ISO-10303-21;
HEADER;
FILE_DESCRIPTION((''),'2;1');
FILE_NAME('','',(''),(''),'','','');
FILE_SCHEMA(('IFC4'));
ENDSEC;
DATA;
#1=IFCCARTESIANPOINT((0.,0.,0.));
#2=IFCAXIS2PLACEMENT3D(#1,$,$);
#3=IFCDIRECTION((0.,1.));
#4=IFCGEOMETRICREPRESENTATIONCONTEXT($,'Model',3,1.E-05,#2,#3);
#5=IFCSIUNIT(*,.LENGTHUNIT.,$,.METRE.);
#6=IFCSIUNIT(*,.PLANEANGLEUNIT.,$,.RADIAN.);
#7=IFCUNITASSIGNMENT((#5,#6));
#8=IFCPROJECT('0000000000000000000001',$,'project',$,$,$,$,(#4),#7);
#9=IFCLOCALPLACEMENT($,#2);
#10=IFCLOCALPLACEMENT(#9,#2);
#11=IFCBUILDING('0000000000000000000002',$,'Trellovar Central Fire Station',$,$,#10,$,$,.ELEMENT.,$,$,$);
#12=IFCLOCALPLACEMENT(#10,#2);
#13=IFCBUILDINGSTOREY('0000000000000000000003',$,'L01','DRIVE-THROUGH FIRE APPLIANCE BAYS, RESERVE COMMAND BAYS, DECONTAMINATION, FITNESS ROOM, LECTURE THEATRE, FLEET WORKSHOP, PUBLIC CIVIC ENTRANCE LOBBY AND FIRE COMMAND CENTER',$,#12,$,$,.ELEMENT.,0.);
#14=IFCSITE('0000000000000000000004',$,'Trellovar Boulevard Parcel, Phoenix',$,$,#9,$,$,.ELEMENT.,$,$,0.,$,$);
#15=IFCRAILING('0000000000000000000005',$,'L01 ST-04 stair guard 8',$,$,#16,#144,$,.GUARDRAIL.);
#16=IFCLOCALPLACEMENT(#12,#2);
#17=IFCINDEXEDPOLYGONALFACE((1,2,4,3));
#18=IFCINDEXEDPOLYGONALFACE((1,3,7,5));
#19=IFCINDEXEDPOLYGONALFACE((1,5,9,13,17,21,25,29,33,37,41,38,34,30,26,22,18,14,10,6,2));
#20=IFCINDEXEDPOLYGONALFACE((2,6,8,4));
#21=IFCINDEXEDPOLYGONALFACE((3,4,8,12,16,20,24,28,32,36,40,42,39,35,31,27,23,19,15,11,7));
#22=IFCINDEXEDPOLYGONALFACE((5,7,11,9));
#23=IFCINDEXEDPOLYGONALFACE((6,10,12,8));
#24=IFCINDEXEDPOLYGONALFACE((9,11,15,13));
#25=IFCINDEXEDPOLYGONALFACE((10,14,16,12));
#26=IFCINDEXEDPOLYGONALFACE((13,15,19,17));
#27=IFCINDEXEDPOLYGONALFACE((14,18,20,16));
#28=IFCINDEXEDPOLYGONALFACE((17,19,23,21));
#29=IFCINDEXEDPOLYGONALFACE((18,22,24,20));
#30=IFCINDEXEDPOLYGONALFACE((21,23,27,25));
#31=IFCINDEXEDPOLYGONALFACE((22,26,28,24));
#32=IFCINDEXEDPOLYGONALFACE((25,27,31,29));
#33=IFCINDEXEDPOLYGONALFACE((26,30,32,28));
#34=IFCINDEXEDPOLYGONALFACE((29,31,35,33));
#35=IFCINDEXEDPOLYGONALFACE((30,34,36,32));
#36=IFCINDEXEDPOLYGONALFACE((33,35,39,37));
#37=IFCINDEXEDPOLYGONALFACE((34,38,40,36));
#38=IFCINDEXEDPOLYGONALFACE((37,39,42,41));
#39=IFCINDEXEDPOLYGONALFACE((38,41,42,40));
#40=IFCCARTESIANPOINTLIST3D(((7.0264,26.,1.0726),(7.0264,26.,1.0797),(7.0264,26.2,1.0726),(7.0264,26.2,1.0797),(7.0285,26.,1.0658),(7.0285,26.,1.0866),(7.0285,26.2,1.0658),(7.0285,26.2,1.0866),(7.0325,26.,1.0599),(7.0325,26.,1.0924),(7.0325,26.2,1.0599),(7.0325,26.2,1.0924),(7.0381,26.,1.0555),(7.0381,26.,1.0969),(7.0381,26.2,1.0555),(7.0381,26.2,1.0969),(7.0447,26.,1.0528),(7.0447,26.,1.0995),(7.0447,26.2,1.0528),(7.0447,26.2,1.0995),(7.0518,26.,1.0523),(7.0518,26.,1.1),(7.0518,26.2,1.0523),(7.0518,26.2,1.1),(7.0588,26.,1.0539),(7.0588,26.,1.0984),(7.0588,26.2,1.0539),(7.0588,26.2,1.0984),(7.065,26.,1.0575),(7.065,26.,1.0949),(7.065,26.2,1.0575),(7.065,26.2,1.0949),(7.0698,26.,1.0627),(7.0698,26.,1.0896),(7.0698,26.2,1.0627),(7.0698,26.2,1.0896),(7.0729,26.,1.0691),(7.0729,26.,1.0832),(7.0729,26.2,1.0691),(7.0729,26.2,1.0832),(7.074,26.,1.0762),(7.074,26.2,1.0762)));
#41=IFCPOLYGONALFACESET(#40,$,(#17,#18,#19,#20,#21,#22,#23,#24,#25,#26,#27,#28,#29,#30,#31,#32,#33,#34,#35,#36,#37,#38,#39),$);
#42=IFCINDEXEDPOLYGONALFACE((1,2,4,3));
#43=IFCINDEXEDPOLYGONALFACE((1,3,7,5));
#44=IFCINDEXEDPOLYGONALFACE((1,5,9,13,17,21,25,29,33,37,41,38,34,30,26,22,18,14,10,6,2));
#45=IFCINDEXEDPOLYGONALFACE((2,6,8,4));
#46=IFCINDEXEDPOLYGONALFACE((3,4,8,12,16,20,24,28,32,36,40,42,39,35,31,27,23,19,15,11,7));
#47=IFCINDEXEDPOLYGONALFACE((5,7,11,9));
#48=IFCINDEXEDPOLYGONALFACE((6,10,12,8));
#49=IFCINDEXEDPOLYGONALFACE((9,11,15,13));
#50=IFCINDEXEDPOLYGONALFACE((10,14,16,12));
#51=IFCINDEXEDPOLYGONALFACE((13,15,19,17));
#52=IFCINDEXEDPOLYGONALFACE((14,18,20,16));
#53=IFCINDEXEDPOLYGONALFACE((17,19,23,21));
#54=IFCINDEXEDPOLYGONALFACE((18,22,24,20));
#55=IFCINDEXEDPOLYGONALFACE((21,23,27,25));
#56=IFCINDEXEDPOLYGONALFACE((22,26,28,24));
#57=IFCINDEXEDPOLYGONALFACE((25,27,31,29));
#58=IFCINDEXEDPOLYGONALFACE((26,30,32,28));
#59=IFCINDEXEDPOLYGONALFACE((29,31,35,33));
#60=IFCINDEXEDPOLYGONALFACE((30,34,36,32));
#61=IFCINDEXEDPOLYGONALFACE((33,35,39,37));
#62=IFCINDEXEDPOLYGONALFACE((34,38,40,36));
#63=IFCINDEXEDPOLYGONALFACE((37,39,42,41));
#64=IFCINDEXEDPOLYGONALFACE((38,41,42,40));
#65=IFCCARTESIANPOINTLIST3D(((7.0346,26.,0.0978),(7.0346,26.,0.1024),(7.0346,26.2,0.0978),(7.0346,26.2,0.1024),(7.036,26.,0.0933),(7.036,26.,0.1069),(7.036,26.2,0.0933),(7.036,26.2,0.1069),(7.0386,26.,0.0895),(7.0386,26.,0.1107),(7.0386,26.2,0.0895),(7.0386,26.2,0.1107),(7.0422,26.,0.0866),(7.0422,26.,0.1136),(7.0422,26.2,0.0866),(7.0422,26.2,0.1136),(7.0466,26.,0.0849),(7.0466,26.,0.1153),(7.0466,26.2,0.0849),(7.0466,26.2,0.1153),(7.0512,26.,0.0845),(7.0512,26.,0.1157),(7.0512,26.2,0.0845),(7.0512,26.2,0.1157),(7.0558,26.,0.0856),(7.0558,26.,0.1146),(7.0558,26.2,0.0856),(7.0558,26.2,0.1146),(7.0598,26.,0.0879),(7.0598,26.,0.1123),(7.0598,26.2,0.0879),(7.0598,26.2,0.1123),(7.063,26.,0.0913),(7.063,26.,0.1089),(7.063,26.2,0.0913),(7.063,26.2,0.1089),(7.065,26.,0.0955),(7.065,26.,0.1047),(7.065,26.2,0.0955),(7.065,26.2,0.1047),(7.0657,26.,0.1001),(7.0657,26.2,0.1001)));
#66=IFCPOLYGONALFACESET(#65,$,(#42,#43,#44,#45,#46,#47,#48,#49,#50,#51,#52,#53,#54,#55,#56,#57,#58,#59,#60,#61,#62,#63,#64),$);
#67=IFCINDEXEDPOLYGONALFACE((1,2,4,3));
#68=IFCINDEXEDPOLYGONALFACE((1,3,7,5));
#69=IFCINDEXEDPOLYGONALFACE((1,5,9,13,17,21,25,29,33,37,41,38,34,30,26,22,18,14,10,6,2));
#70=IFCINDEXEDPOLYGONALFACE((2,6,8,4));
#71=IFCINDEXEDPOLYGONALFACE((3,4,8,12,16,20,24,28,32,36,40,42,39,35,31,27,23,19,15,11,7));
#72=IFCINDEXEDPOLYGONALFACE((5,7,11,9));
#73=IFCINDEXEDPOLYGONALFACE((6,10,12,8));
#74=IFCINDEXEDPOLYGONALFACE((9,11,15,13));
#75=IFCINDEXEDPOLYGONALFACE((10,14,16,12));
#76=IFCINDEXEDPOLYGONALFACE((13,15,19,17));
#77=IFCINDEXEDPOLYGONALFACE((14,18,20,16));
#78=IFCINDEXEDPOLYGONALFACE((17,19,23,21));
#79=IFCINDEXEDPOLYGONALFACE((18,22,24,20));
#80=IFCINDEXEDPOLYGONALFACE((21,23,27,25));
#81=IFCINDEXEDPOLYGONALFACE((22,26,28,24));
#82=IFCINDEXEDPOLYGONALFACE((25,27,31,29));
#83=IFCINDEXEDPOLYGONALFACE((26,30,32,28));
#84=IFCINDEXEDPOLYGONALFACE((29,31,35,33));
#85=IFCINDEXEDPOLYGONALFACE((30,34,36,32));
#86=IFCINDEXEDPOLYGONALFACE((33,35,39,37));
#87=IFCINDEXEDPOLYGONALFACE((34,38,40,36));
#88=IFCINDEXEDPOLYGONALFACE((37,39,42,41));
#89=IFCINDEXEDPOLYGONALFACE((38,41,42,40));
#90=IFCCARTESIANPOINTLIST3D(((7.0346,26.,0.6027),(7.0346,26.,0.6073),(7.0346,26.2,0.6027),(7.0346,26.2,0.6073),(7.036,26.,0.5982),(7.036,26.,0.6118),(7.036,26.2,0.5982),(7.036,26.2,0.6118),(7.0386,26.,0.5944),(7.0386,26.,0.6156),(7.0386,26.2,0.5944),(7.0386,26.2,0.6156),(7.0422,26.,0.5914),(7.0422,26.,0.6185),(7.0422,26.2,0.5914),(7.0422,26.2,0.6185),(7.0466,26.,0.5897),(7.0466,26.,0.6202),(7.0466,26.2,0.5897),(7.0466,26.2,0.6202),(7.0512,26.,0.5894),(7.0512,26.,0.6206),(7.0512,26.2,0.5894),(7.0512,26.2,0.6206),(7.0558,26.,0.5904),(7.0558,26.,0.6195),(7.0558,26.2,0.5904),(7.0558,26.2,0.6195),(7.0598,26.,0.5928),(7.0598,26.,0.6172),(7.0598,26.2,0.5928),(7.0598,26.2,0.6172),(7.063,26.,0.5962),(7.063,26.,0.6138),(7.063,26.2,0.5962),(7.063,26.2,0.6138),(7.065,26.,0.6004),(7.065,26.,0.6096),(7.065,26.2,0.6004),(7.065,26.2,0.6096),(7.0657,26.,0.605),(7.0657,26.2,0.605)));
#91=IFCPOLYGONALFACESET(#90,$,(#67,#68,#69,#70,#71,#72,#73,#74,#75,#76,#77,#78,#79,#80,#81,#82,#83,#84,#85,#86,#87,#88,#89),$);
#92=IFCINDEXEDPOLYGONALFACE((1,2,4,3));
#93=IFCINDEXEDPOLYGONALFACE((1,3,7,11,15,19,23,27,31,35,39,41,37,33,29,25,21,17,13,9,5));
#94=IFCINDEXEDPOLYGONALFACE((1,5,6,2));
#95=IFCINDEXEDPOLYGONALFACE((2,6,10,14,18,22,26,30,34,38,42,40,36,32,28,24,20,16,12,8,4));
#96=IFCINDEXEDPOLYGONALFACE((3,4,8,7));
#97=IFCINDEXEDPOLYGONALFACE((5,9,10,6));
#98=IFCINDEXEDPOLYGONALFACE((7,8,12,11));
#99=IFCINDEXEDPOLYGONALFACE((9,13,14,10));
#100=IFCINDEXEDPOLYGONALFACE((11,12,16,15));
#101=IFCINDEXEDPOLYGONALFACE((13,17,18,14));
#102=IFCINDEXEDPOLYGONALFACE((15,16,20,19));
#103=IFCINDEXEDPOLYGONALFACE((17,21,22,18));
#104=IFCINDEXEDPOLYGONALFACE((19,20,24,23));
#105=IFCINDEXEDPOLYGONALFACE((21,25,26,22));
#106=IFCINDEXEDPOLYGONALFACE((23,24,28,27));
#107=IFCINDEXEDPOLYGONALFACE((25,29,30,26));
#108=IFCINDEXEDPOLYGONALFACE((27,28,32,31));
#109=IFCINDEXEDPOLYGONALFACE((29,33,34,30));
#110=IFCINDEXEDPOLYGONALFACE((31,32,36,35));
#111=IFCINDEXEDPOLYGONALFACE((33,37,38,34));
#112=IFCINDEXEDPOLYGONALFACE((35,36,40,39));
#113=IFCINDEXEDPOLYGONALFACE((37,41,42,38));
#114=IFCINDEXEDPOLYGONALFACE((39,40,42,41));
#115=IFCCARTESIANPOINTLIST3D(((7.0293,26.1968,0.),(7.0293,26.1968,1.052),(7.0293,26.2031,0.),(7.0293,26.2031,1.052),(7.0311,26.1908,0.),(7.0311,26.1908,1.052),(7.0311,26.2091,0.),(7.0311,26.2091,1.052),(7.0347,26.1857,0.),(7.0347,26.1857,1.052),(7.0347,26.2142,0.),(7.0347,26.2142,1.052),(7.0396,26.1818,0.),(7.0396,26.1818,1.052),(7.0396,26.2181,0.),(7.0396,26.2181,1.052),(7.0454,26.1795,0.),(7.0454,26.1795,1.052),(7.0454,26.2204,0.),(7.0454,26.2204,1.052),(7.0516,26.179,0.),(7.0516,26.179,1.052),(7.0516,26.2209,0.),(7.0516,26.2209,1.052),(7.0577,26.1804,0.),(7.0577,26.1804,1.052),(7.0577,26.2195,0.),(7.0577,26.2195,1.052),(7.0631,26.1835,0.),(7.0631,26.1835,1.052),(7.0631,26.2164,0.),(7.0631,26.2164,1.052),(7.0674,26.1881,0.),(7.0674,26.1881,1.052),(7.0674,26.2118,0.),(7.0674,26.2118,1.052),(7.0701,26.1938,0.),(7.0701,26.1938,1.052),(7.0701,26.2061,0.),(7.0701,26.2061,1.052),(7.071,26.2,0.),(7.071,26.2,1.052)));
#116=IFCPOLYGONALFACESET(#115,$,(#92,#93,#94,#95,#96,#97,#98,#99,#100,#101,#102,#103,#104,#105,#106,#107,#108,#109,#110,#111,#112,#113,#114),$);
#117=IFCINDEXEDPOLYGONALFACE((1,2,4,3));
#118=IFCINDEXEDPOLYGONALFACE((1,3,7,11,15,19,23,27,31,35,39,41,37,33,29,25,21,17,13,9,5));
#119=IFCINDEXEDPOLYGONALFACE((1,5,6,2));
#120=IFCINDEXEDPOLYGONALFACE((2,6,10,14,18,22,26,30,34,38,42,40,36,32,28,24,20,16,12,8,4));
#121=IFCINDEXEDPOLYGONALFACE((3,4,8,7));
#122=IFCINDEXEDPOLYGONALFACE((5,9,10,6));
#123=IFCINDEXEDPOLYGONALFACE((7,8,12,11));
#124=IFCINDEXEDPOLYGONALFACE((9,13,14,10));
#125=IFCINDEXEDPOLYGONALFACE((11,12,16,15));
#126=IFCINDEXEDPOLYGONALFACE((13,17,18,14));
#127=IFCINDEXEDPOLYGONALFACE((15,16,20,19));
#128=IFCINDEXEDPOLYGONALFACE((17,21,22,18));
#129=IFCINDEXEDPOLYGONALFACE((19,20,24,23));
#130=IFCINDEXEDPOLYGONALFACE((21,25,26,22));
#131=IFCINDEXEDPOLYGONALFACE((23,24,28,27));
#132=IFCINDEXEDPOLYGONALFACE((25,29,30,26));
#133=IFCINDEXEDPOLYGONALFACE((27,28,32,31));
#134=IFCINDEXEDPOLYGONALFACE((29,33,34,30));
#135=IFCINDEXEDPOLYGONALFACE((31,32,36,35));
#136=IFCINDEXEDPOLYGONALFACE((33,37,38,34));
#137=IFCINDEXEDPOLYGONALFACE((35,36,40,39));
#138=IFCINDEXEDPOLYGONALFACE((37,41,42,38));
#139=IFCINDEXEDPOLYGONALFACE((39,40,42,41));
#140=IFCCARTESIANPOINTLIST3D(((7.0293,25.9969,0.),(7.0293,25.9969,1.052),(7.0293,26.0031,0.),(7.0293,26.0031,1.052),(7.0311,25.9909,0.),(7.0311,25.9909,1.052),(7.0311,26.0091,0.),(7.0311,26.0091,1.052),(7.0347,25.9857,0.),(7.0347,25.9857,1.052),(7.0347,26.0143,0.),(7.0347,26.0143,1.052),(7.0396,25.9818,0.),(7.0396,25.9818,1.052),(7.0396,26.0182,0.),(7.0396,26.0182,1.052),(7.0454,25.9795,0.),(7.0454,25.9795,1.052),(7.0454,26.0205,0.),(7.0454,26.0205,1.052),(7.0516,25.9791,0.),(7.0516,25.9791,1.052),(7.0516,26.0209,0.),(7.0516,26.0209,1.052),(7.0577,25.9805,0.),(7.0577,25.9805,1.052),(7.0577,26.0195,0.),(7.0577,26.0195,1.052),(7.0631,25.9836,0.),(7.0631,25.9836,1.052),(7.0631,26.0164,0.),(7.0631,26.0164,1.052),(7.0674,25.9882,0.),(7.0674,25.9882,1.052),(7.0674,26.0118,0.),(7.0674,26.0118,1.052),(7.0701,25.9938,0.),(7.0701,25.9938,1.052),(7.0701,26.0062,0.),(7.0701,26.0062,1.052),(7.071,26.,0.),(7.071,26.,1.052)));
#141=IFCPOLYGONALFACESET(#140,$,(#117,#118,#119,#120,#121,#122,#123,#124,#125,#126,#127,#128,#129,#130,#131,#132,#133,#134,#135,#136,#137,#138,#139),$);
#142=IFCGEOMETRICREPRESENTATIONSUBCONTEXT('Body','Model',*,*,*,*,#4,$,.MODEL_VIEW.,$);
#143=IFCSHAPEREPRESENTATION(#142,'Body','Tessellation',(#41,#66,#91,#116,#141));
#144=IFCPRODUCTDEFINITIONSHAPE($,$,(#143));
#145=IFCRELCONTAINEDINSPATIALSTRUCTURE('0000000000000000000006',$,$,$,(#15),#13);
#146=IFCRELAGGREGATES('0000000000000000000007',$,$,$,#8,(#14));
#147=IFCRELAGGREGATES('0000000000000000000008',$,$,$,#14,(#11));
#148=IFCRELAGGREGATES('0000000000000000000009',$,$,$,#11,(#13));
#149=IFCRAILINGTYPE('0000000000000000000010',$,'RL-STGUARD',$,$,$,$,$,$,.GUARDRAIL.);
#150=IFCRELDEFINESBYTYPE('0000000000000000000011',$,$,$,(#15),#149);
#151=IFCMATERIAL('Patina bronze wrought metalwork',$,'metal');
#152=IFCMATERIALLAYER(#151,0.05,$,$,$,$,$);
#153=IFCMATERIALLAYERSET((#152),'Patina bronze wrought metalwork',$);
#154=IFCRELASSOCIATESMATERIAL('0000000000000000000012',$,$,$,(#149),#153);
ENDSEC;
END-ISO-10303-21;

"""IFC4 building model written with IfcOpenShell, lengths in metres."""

from ifc_helpers import new_model, si_unit, direction, frame, origin, origin_2d, place, context, subcontext, project, spatial, circle, extrude, material, layer, layer_set, type_object, element, save


model = new_model("IFC4")

# Units and contexts
model_context = context("Model", 3, precision=1e-05, world=origin(), true_north=direction((0.0, 1.0)))
body_context = subcontext(model_context, "Body", "Model", "MODEL_VIEW")
ifc_project = project(units=[si_unit("LENGTHUNIT", "METRE"), si_unit("PLANEANGLEUNIT", "RADIAN")], contexts=[model_context])

# Site, building, storey
site_placement = place(None, origin())
site = spatial("IfcSite", under=ifc_project, at=site_placement, Name="Trellovar Boulevard Parcel, Phoenix", CompositionType="ELEMENT", RefElevation=0.0)
building_placement = place(site_placement, origin())
building = spatial("IfcBuilding", under=site, at=building_placement, Name="Trellovar Central Fire Station", CompositionType="ELEMENT")
storey_placement = place(building_placement, origin())
storey = spatial("IfcBuildingStorey", under=building, at=storey_placement, Name="L01", Description="DRIVE-THROUGH FIRE APPLIANCE BAYS, RESERVE COMMAND BAYS, DECONTAMINATION, FITNESS ROOM, LECTURE THEATRE, FLEET WORKSHOP, PUBLIC CIVIC ENTRANCE LOBBY AND FIRE COMMAND CENTER", CompositionType="ELEMENT", Elevation=0.0)

# Railing
ifc_material_1 = material(Name="Patina bronze wrought metalwork", Category="metal")
ifc_layer_1 = layer(ifc_material_1, 0.05)
ifc_layer_set_1 = layer_set([ifc_layer_1], Name="Patina bronze wrought metalwork")
railing_type_1 = type_object("IfcRailingType", Name="RL-STGUARD", PredefinedType="GUARDRAIL", material=ifc_layer_set_1)
for number, where, name in (
    (1, (7.05, 26.2, 0.0), "L01 ST-04 stair guard 8"),
):
    element("IfcRailing", number, at=place(storey_placement, frame(where)), inside=storey, type_object=railing_type_1, Name=name, PredefinedType="GUARDRAIL", context=body_context, shape_type="SweptSolid", body=[
        extrude(circle(Radius=0.0239, at=origin_2d()), frame((0.0, 0.0, 1.0762), z_axis=(0.0, -1.0, 0.0), x_axis=(1.0, 0.0, 0.0)), (0.0, 0.0, 1.0), 0.2),
        extrude(circle(Radius=0.0156, at=origin_2d()), frame((0.0, 0.0, 0.1001), z_axis=(0.0, -1.0, 0.0), x_axis=(1.0, 0.0, 0.0)), (0.0, 0.0, 1.0), 0.2),
        extrude(circle(Radius=0.0156, at=origin_2d()), frame((0.0, 0.0, 0.605), z_axis=(0.0, -1.0, 0.0), x_axis=(1.0, 0.0, 0.0)), (0.0, 0.0, 1.0), 0.2),
        extrude(circle(Radius=0.021, at=origin_2d()), origin(), (0.0, 0.0, 1.0), 1.052),
        extrude(circle(Radius=0.021, at=origin_2d()), frame((0.0, -0.2, 0.0)), (0.0, 0.0, 1.0), 1.052),
    ])

save(model, "model.ifc")
